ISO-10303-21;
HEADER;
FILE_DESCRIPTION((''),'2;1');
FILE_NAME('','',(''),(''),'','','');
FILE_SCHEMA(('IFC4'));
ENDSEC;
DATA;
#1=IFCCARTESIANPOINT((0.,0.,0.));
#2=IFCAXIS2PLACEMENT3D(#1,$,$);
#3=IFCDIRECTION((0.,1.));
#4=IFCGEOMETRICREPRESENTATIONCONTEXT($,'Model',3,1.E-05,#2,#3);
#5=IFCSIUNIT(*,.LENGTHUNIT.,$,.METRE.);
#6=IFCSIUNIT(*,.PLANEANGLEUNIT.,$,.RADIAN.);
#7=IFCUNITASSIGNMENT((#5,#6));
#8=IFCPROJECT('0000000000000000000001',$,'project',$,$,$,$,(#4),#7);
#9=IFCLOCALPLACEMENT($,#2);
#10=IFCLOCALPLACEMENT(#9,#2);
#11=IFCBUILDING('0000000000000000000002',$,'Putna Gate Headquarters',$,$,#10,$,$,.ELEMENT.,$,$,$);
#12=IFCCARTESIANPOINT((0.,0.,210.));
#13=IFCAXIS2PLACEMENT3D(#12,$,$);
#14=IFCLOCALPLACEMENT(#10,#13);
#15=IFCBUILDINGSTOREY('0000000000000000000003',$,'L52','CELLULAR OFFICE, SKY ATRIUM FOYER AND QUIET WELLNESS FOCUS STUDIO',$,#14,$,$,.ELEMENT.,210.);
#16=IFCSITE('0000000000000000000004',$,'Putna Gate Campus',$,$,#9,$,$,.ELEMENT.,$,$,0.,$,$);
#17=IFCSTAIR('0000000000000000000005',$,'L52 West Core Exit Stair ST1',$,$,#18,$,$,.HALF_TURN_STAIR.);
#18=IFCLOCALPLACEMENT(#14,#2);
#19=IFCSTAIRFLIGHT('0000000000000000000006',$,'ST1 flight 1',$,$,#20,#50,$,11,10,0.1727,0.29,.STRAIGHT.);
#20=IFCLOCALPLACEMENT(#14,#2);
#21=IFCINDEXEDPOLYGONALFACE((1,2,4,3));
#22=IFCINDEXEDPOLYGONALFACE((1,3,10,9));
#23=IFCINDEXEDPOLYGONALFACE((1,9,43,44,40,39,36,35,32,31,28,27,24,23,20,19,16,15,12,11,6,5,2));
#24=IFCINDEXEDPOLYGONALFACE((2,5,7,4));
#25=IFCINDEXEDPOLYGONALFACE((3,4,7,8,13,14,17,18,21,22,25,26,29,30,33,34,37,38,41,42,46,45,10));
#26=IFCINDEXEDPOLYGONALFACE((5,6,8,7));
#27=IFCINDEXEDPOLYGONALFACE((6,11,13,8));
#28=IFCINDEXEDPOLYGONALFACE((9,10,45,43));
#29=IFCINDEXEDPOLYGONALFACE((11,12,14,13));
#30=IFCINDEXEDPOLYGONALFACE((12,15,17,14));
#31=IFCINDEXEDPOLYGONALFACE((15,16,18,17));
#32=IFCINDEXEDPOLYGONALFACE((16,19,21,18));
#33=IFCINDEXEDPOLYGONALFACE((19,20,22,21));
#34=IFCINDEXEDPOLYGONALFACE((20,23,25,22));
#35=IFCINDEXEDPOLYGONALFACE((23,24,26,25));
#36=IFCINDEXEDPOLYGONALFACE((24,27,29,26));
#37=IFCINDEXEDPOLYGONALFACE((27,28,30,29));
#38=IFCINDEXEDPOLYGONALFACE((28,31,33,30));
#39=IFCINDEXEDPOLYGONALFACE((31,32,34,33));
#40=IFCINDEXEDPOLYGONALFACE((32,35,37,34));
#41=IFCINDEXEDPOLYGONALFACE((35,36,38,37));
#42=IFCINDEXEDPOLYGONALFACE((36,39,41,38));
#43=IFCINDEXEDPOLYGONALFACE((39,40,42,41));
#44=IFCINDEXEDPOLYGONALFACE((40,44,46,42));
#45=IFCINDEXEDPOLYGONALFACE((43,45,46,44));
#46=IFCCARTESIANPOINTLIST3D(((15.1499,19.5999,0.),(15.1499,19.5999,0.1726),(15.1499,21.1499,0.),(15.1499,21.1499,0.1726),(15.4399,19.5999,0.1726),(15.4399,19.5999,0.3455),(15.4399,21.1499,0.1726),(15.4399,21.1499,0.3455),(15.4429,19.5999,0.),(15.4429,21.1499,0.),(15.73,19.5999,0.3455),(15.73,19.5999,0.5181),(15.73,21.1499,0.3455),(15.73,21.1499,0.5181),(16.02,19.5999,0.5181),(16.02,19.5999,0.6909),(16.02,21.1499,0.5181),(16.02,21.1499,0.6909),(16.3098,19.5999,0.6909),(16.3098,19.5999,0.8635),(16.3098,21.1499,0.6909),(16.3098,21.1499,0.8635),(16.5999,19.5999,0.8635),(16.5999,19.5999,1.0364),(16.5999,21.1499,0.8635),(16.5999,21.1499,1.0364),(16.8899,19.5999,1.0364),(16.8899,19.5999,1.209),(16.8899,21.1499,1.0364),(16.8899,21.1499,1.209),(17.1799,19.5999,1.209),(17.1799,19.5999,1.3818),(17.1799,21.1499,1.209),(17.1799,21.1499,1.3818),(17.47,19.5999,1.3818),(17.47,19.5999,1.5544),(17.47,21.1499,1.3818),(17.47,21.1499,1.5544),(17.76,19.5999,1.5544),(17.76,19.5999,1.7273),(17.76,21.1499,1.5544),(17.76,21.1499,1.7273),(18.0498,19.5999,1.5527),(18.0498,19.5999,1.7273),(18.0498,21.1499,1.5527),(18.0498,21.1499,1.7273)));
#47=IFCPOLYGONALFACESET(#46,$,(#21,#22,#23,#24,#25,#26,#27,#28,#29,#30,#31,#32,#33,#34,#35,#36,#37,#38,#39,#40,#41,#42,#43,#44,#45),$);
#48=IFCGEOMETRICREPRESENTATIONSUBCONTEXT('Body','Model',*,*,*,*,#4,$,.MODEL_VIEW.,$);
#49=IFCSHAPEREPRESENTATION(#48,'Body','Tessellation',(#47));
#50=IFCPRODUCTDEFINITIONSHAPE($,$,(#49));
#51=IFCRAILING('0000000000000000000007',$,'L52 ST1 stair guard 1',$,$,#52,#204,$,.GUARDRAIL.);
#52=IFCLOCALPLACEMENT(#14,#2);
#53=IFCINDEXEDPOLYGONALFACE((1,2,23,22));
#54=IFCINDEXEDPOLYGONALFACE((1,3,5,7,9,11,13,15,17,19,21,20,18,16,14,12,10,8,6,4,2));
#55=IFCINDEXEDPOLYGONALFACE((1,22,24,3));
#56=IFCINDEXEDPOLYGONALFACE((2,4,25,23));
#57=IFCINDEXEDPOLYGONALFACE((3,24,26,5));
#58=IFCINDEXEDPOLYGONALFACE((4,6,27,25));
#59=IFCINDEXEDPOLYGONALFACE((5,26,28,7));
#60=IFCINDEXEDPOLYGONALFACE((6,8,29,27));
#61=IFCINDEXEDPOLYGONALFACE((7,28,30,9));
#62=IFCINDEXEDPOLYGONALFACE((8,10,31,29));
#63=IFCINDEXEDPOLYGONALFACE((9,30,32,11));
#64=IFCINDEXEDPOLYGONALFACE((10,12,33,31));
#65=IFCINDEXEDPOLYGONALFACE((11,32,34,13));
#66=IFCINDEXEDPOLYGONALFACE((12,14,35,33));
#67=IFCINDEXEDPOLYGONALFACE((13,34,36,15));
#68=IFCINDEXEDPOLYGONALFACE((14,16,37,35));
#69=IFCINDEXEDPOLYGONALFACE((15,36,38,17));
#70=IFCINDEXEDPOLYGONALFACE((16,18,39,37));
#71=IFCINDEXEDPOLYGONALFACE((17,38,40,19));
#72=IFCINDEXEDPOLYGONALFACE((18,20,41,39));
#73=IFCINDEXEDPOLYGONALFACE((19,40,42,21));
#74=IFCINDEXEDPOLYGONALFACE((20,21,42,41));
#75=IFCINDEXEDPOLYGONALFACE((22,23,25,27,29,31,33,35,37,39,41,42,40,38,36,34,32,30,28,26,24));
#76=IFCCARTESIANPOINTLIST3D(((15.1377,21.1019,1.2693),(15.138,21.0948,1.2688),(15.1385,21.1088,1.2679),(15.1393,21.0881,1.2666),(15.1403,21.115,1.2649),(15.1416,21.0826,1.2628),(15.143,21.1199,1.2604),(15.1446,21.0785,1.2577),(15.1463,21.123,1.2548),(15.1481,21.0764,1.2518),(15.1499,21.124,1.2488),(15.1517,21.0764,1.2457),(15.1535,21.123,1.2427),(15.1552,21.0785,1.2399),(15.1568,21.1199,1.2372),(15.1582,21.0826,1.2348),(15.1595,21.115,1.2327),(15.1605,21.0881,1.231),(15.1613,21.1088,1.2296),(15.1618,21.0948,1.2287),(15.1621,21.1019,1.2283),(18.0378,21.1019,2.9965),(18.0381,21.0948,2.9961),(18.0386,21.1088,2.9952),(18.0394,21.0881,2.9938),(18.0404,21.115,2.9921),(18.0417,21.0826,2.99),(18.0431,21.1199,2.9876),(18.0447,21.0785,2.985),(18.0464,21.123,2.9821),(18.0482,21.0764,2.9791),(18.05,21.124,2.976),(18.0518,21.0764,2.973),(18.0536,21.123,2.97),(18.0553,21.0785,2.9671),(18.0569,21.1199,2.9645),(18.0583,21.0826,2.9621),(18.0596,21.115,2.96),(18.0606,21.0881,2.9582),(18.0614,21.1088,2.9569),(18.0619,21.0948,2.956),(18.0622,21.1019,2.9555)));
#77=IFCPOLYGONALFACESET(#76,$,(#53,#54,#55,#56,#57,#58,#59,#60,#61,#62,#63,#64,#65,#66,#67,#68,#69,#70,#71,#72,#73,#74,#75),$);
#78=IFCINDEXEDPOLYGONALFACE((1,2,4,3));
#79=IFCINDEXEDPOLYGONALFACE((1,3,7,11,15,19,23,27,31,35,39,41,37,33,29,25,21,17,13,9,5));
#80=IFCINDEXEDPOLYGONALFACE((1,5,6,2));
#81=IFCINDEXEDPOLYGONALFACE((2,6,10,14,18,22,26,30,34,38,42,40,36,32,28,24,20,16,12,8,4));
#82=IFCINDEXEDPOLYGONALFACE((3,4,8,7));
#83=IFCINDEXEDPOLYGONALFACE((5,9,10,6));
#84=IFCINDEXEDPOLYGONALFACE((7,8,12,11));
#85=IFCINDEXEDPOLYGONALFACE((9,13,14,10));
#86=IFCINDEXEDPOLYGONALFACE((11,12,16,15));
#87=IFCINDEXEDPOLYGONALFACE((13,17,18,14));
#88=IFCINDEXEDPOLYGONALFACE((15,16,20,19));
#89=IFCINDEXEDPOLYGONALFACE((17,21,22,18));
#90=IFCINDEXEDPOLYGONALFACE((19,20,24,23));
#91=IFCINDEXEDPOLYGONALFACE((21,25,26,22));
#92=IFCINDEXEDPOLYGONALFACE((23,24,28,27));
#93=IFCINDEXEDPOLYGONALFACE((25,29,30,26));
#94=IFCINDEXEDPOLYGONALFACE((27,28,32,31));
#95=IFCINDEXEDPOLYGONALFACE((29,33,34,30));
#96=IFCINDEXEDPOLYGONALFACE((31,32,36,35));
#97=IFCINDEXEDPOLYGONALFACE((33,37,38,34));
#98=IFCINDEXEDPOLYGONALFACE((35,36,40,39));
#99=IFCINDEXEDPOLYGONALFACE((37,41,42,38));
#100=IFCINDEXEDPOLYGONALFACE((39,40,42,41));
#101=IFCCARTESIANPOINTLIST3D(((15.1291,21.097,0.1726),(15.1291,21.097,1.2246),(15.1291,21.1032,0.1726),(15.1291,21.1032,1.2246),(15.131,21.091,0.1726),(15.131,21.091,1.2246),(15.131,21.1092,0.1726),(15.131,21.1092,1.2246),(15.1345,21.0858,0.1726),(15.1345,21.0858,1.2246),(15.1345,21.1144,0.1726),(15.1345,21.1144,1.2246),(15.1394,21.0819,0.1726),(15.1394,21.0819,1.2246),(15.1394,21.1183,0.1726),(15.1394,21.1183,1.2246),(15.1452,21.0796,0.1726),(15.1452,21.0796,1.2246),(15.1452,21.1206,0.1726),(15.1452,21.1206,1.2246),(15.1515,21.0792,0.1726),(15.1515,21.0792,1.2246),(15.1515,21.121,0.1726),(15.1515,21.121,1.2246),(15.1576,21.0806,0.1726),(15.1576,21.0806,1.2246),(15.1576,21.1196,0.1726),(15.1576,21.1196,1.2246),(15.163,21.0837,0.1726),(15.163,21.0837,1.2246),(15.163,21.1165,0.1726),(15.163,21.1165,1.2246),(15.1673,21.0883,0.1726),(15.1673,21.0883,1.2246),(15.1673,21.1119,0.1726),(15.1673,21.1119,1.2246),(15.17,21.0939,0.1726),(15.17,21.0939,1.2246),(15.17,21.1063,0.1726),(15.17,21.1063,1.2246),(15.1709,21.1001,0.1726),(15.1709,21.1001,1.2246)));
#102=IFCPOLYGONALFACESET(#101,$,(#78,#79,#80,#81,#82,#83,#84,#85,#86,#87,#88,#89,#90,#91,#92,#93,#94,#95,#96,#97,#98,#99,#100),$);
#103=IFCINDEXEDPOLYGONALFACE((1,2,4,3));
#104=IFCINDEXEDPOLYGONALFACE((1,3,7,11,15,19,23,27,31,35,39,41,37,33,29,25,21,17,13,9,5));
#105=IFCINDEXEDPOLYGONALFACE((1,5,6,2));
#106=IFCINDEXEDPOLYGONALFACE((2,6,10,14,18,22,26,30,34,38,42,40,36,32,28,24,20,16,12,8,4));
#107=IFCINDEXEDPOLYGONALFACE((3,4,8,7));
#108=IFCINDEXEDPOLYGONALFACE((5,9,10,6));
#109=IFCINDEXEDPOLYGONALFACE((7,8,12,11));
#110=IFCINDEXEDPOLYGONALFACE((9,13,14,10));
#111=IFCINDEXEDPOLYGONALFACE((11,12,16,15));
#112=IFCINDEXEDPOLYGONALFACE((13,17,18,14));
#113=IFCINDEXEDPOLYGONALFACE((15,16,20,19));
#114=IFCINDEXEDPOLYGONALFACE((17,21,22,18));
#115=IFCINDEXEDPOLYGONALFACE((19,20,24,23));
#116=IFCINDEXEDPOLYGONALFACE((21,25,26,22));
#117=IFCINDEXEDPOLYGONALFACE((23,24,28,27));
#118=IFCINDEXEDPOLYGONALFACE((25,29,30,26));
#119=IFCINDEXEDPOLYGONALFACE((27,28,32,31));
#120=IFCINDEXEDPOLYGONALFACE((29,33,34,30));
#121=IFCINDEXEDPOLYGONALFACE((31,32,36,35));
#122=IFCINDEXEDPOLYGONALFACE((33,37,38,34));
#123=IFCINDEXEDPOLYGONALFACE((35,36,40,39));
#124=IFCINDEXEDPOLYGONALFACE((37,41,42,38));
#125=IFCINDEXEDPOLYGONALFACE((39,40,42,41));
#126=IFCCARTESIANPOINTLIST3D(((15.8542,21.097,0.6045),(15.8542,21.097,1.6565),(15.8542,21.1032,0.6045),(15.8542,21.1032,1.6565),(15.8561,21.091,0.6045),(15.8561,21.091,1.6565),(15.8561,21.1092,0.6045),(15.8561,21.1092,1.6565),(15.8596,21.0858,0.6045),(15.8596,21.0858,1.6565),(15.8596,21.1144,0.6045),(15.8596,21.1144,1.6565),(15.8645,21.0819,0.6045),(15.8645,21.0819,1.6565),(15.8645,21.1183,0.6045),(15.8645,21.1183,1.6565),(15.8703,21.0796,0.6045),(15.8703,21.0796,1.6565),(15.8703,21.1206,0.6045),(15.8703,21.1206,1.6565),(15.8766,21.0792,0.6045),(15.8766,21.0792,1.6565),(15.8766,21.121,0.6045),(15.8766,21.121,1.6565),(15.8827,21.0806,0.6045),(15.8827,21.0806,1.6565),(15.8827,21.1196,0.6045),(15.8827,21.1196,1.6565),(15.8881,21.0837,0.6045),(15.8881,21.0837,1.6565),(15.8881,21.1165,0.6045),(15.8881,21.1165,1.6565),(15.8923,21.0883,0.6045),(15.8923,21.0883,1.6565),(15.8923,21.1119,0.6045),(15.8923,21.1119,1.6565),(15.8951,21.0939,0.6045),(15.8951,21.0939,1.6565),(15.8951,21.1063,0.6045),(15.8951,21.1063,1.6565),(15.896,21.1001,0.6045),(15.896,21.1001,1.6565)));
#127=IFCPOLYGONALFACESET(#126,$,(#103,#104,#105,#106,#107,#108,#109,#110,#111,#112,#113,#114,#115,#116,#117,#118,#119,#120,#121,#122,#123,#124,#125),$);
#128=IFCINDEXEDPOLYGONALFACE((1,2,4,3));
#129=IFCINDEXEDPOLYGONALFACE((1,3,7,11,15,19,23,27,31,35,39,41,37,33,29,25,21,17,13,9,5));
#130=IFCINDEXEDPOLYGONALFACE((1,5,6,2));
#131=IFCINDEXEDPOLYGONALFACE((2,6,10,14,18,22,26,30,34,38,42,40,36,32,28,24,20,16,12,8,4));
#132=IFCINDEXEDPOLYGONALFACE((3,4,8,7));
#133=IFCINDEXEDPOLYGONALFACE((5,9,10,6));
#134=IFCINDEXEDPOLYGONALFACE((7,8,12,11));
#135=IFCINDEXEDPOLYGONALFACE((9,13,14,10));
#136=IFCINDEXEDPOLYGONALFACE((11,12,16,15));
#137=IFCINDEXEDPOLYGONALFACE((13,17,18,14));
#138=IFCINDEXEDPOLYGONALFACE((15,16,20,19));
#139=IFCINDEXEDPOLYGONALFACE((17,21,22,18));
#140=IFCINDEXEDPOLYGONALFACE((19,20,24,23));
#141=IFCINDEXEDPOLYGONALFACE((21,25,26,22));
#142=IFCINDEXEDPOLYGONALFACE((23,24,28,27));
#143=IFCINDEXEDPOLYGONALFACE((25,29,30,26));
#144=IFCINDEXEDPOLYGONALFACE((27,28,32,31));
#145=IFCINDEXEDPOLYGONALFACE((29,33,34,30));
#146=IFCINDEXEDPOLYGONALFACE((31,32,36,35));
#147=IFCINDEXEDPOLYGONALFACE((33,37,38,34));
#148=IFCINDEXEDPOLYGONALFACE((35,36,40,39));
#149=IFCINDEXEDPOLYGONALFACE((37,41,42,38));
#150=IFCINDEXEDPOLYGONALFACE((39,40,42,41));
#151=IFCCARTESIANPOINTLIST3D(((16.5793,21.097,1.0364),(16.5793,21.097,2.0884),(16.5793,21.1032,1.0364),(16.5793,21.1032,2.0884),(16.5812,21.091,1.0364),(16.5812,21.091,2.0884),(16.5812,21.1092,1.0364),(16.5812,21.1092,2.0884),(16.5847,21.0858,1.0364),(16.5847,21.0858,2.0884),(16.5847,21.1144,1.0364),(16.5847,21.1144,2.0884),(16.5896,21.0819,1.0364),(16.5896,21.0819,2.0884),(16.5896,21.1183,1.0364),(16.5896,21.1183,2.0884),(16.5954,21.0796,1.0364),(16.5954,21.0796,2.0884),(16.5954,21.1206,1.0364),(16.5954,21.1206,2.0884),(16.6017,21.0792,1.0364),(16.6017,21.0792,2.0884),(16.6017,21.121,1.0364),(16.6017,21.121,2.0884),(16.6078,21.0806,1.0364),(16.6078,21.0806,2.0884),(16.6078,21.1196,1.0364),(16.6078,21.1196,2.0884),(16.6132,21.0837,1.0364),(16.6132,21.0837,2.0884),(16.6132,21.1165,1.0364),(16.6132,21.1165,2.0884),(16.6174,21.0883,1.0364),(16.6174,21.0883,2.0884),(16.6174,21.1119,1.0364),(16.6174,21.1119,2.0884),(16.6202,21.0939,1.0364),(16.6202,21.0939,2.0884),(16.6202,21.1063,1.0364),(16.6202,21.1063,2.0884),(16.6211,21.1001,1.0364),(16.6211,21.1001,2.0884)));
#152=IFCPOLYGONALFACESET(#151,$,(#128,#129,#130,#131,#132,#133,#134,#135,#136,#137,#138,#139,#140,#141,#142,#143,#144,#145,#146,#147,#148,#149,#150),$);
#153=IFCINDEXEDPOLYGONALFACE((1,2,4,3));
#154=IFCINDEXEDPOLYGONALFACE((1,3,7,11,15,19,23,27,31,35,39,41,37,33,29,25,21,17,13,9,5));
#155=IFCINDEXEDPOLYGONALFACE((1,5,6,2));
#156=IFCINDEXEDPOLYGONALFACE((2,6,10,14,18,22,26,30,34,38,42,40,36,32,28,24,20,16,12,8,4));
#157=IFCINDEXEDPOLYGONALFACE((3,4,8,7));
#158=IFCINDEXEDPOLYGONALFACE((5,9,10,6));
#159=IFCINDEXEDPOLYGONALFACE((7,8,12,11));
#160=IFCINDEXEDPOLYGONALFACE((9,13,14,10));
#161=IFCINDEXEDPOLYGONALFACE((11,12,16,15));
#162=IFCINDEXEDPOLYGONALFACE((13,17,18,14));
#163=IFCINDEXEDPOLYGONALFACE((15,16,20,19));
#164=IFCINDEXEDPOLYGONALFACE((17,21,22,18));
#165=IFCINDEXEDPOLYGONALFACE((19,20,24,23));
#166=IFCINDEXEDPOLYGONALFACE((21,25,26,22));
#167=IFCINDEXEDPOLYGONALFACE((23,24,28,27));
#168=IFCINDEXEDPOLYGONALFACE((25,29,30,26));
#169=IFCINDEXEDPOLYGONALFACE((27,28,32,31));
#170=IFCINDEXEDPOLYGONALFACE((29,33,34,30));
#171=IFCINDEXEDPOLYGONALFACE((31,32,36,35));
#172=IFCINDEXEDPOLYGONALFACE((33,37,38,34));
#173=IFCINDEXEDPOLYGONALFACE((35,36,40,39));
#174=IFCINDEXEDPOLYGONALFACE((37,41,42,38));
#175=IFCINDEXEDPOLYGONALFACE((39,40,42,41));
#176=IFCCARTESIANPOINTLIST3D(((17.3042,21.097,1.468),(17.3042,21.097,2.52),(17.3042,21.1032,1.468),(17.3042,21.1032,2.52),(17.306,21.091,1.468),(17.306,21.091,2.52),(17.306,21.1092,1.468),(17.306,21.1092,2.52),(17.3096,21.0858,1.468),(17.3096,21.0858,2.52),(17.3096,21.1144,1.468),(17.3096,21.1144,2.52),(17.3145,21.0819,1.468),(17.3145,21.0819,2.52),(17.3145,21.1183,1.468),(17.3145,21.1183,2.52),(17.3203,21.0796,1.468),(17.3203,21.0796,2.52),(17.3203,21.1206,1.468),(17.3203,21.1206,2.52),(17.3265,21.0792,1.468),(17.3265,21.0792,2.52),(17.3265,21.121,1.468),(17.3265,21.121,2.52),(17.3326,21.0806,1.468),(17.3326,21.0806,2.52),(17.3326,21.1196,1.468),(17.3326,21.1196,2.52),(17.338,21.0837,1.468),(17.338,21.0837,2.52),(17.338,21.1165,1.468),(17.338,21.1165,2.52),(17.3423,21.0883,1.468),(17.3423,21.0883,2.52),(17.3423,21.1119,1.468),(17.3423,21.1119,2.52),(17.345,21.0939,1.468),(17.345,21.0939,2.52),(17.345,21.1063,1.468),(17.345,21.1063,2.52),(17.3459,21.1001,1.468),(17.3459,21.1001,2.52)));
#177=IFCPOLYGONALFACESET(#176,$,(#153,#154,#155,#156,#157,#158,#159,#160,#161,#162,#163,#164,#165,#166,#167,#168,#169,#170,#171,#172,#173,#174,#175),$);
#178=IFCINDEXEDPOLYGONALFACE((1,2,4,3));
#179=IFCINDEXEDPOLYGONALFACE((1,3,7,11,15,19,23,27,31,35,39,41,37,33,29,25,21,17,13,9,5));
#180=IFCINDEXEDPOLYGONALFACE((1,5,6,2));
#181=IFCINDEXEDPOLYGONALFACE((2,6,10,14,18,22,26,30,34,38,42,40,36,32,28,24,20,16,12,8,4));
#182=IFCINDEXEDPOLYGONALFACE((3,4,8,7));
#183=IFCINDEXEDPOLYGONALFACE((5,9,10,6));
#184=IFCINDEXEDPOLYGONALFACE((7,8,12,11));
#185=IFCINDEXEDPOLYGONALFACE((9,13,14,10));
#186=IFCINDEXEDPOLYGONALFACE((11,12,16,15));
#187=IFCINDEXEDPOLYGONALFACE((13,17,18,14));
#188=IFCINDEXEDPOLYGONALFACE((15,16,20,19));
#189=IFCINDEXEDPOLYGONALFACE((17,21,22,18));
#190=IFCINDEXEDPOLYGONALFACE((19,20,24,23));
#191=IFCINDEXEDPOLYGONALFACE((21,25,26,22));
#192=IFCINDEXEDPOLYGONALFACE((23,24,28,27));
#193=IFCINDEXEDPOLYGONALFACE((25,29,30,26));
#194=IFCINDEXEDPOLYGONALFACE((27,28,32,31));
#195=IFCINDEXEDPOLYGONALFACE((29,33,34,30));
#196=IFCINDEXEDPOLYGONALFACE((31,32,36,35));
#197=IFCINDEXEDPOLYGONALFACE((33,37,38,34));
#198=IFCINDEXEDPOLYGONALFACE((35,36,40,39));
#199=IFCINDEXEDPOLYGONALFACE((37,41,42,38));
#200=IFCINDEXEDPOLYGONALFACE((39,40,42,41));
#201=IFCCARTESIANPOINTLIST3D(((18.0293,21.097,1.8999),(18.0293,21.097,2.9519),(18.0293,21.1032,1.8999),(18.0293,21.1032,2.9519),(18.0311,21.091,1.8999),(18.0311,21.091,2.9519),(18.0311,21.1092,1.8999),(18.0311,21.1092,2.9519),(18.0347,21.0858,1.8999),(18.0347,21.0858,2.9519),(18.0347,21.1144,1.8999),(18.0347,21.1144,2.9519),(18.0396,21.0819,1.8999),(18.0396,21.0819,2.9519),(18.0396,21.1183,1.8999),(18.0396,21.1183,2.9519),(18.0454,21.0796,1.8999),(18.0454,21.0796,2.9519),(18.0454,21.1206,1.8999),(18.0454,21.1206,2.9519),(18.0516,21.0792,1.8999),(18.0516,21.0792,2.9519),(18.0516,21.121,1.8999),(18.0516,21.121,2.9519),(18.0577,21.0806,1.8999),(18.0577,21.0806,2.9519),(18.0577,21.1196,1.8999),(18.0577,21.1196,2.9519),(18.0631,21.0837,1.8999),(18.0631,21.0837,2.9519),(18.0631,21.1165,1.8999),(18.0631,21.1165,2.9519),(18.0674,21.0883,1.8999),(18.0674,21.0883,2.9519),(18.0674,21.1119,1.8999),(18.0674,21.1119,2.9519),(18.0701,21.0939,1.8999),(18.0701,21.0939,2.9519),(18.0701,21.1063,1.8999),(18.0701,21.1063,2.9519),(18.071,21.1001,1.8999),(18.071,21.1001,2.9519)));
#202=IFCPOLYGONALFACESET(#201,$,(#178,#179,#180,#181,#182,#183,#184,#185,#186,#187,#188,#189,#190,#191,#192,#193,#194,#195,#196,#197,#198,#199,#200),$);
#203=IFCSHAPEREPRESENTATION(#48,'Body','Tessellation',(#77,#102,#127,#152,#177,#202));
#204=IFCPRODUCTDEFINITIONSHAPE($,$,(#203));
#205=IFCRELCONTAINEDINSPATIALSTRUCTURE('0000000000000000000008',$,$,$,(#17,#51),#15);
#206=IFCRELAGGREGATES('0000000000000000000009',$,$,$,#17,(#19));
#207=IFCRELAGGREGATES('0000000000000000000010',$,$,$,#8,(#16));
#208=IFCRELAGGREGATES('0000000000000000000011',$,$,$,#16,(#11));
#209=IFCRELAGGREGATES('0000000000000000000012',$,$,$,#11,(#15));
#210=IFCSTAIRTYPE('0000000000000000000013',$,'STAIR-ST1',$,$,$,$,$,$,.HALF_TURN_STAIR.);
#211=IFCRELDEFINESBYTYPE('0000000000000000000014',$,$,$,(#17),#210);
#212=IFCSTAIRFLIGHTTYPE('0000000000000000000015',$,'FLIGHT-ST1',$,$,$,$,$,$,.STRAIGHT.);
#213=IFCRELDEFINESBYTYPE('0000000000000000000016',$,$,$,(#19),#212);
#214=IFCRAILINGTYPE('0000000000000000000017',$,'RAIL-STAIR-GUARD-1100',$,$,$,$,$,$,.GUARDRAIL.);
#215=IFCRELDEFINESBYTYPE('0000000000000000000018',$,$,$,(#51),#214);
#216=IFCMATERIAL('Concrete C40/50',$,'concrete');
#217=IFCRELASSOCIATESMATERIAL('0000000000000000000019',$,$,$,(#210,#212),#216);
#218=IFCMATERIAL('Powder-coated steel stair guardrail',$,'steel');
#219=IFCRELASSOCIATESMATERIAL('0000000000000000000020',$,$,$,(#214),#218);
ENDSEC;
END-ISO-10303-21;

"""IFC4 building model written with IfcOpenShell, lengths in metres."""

from ifc_helpers import new_model, si_unit, direction, frame, origin, origin_2d, place, context, subcontext, project, spatial, polyline, circle, outline, extrude, material, type_object, element, aggregate, save


model = new_model("IFC4")

# Units and contexts
model_context = context("Model", 3, precision=1e-05, world=origin(), true_north=direction((0.0, 1.0)))
body_context = subcontext(model_context, "Body", "Model", "MODEL_VIEW")
ifc_project = project(units=[si_unit("LENGTHUNIT", "METRE"), si_unit("PLANEANGLEUNIT", "RADIAN")], contexts=[model_context])

# Site, building, storey
site_placement = place(None, origin())
site = spatial("IfcSite", under=ifc_project, at=site_placement, Name="Putna Gate Campus", CompositionType="ELEMENT", RefElevation=0.0)
building_placement = place(site_placement, origin())
building = spatial("IfcBuilding", under=site, at=building_placement, Name="Putna Gate Headquarters", CompositionType="ELEMENT")
storey_placement = place(building_placement, frame((0.0, 0.0, 210.0)))
storey = spatial("IfcBuildingStorey", under=building, at=storey_placement, Name="L52", Description="CELLULAR OFFICE, SKY ATRIUM FOYER AND QUIET WELLNESS FOCUS STUDIO", CompositionType="ELEMENT", Elevation=210.0)

# Shared definitions
ifc_material_1 = material(Name="Concrete C40/50", Category="concrete")

# Stair, stair flight
stair_type = type_object("IfcStairType", Name="STAIR-ST1", PredefinedType="HALF_TURN_STAIR", material=ifc_material_1)
stair_placement = place(storey_placement, origin())
stair = element("IfcStair", 1, at=stair_placement, inside=storey, type_object=stair_type, Name="L52 West Core Exit Stair ST1", PredefinedType="HALF_TURN_STAIR")
stair_flight_type = type_object("IfcStairFlightType", Name="FLIGHT-ST1", PredefinedType="STRAIGHT", material=ifc_material_1)
stair_flight_placement = place(storey_placement, frame((15.1499, 20.375, 0.0), z_axis=(0.0, 0.0, 1.0), x_axis=(1.0, 0.0, 0.0)))
stair_flight = element("IfcStairFlight", 2, at=stair_flight_placement, type_object=stair_flight_type, Name="ST1 flight 1", NumberOfRisers=11, NumberOfTreads=10, PredefinedType="STRAIGHT", RiserHeight=0.1727, TreadLength=0.29, context=body_context, shape_type="SweptSolid", body=[
    extrude(outline(polyline([(0.0, 0.0), (0.0, 0.1726), (0.29, 0.1726), (0.29, 0.3455), (0.5801, 0.3455), (0.5801, 0.5181), (0.8701, 0.5181), (0.8701, 0.6909), (1.1599, 0.6909), (1.1599, 0.8635), (1.45, 0.8635), (1.45, 1.0364), (1.74, 1.0364), (1.74, 1.209), (2.03, 1.209), (2.03, 1.3818), (2.3201, 1.3818), (2.3201, 1.5544), (2.6101, 1.5544), (2.6101, 1.7273), (2.8999, 1.7273), (2.8999, 1.8999), (2.8999, 1.5527), (0.293, 0.0), (0.0, 0.0)])), frame((0.0, 0.7749, 0.0), z_axis=(0.0, -1.0, 0.0), x_axis=(1.0, 0.0, 0.0)), (0.0, 0.0, 1.0), 1.55),
])
aggregate(stair, [stair_flight])

# Railing
ifc_material_2 = material(Name="Powder-coated steel stair guardrail", Category="steel")
railing_type_1 = type_object("IfcRailingType", Name="RAIL-STAIR-GUARD-1100", PredefinedType="GUARDRAIL", material=ifc_material_2)
railing_1_placement = place(storey_placement, frame((15.1499, 21.1001, 0.1726)))
element("IfcRailing", 3, at=railing_1_placement, inside=storey, type_object=railing_type_1, Name="L52 ST1 stair guard 1", PredefinedType="GUARDRAIL", context=body_context, shape_type="SweptSolid", body=[
    extrude(circle(Radius=0.0239, at=origin_2d()), frame((0.0, 0.0, 1.0762), z_axis=(0.85916, 0.0, 0.511706), x_axis=(0.0, 1.0, 0.0)), (0.0, 0.0, 1.0), 3.3755),
    extrude(circle(Radius=0.021, at=origin_2d()), origin(), (0.0, 0.0, 1.0), 1.052),
    extrude(circle(Radius=0.021, at=origin_2d()), frame((0.7251, 0.0, 0.4319)), (0.0, 0.0, 1.0), 1.052),
    extrude(circle(Radius=0.021, at=origin_2d()), frame((1.4502, 0.0, 0.8638)), (0.0, 0.0, 1.0), 1.052),
    extrude(circle(Radius=0.021, at=origin_2d()), frame((2.175, 0.0, 1.2954)), (0.0, 0.0, 1.0), 1.052),
    extrude(circle(Radius=0.021, at=origin_2d()), frame((2.9001, 0.0, 1.7273)), (0.0, 0.0, 1.0), 1.052),
])

save(model, "model.ifc")
